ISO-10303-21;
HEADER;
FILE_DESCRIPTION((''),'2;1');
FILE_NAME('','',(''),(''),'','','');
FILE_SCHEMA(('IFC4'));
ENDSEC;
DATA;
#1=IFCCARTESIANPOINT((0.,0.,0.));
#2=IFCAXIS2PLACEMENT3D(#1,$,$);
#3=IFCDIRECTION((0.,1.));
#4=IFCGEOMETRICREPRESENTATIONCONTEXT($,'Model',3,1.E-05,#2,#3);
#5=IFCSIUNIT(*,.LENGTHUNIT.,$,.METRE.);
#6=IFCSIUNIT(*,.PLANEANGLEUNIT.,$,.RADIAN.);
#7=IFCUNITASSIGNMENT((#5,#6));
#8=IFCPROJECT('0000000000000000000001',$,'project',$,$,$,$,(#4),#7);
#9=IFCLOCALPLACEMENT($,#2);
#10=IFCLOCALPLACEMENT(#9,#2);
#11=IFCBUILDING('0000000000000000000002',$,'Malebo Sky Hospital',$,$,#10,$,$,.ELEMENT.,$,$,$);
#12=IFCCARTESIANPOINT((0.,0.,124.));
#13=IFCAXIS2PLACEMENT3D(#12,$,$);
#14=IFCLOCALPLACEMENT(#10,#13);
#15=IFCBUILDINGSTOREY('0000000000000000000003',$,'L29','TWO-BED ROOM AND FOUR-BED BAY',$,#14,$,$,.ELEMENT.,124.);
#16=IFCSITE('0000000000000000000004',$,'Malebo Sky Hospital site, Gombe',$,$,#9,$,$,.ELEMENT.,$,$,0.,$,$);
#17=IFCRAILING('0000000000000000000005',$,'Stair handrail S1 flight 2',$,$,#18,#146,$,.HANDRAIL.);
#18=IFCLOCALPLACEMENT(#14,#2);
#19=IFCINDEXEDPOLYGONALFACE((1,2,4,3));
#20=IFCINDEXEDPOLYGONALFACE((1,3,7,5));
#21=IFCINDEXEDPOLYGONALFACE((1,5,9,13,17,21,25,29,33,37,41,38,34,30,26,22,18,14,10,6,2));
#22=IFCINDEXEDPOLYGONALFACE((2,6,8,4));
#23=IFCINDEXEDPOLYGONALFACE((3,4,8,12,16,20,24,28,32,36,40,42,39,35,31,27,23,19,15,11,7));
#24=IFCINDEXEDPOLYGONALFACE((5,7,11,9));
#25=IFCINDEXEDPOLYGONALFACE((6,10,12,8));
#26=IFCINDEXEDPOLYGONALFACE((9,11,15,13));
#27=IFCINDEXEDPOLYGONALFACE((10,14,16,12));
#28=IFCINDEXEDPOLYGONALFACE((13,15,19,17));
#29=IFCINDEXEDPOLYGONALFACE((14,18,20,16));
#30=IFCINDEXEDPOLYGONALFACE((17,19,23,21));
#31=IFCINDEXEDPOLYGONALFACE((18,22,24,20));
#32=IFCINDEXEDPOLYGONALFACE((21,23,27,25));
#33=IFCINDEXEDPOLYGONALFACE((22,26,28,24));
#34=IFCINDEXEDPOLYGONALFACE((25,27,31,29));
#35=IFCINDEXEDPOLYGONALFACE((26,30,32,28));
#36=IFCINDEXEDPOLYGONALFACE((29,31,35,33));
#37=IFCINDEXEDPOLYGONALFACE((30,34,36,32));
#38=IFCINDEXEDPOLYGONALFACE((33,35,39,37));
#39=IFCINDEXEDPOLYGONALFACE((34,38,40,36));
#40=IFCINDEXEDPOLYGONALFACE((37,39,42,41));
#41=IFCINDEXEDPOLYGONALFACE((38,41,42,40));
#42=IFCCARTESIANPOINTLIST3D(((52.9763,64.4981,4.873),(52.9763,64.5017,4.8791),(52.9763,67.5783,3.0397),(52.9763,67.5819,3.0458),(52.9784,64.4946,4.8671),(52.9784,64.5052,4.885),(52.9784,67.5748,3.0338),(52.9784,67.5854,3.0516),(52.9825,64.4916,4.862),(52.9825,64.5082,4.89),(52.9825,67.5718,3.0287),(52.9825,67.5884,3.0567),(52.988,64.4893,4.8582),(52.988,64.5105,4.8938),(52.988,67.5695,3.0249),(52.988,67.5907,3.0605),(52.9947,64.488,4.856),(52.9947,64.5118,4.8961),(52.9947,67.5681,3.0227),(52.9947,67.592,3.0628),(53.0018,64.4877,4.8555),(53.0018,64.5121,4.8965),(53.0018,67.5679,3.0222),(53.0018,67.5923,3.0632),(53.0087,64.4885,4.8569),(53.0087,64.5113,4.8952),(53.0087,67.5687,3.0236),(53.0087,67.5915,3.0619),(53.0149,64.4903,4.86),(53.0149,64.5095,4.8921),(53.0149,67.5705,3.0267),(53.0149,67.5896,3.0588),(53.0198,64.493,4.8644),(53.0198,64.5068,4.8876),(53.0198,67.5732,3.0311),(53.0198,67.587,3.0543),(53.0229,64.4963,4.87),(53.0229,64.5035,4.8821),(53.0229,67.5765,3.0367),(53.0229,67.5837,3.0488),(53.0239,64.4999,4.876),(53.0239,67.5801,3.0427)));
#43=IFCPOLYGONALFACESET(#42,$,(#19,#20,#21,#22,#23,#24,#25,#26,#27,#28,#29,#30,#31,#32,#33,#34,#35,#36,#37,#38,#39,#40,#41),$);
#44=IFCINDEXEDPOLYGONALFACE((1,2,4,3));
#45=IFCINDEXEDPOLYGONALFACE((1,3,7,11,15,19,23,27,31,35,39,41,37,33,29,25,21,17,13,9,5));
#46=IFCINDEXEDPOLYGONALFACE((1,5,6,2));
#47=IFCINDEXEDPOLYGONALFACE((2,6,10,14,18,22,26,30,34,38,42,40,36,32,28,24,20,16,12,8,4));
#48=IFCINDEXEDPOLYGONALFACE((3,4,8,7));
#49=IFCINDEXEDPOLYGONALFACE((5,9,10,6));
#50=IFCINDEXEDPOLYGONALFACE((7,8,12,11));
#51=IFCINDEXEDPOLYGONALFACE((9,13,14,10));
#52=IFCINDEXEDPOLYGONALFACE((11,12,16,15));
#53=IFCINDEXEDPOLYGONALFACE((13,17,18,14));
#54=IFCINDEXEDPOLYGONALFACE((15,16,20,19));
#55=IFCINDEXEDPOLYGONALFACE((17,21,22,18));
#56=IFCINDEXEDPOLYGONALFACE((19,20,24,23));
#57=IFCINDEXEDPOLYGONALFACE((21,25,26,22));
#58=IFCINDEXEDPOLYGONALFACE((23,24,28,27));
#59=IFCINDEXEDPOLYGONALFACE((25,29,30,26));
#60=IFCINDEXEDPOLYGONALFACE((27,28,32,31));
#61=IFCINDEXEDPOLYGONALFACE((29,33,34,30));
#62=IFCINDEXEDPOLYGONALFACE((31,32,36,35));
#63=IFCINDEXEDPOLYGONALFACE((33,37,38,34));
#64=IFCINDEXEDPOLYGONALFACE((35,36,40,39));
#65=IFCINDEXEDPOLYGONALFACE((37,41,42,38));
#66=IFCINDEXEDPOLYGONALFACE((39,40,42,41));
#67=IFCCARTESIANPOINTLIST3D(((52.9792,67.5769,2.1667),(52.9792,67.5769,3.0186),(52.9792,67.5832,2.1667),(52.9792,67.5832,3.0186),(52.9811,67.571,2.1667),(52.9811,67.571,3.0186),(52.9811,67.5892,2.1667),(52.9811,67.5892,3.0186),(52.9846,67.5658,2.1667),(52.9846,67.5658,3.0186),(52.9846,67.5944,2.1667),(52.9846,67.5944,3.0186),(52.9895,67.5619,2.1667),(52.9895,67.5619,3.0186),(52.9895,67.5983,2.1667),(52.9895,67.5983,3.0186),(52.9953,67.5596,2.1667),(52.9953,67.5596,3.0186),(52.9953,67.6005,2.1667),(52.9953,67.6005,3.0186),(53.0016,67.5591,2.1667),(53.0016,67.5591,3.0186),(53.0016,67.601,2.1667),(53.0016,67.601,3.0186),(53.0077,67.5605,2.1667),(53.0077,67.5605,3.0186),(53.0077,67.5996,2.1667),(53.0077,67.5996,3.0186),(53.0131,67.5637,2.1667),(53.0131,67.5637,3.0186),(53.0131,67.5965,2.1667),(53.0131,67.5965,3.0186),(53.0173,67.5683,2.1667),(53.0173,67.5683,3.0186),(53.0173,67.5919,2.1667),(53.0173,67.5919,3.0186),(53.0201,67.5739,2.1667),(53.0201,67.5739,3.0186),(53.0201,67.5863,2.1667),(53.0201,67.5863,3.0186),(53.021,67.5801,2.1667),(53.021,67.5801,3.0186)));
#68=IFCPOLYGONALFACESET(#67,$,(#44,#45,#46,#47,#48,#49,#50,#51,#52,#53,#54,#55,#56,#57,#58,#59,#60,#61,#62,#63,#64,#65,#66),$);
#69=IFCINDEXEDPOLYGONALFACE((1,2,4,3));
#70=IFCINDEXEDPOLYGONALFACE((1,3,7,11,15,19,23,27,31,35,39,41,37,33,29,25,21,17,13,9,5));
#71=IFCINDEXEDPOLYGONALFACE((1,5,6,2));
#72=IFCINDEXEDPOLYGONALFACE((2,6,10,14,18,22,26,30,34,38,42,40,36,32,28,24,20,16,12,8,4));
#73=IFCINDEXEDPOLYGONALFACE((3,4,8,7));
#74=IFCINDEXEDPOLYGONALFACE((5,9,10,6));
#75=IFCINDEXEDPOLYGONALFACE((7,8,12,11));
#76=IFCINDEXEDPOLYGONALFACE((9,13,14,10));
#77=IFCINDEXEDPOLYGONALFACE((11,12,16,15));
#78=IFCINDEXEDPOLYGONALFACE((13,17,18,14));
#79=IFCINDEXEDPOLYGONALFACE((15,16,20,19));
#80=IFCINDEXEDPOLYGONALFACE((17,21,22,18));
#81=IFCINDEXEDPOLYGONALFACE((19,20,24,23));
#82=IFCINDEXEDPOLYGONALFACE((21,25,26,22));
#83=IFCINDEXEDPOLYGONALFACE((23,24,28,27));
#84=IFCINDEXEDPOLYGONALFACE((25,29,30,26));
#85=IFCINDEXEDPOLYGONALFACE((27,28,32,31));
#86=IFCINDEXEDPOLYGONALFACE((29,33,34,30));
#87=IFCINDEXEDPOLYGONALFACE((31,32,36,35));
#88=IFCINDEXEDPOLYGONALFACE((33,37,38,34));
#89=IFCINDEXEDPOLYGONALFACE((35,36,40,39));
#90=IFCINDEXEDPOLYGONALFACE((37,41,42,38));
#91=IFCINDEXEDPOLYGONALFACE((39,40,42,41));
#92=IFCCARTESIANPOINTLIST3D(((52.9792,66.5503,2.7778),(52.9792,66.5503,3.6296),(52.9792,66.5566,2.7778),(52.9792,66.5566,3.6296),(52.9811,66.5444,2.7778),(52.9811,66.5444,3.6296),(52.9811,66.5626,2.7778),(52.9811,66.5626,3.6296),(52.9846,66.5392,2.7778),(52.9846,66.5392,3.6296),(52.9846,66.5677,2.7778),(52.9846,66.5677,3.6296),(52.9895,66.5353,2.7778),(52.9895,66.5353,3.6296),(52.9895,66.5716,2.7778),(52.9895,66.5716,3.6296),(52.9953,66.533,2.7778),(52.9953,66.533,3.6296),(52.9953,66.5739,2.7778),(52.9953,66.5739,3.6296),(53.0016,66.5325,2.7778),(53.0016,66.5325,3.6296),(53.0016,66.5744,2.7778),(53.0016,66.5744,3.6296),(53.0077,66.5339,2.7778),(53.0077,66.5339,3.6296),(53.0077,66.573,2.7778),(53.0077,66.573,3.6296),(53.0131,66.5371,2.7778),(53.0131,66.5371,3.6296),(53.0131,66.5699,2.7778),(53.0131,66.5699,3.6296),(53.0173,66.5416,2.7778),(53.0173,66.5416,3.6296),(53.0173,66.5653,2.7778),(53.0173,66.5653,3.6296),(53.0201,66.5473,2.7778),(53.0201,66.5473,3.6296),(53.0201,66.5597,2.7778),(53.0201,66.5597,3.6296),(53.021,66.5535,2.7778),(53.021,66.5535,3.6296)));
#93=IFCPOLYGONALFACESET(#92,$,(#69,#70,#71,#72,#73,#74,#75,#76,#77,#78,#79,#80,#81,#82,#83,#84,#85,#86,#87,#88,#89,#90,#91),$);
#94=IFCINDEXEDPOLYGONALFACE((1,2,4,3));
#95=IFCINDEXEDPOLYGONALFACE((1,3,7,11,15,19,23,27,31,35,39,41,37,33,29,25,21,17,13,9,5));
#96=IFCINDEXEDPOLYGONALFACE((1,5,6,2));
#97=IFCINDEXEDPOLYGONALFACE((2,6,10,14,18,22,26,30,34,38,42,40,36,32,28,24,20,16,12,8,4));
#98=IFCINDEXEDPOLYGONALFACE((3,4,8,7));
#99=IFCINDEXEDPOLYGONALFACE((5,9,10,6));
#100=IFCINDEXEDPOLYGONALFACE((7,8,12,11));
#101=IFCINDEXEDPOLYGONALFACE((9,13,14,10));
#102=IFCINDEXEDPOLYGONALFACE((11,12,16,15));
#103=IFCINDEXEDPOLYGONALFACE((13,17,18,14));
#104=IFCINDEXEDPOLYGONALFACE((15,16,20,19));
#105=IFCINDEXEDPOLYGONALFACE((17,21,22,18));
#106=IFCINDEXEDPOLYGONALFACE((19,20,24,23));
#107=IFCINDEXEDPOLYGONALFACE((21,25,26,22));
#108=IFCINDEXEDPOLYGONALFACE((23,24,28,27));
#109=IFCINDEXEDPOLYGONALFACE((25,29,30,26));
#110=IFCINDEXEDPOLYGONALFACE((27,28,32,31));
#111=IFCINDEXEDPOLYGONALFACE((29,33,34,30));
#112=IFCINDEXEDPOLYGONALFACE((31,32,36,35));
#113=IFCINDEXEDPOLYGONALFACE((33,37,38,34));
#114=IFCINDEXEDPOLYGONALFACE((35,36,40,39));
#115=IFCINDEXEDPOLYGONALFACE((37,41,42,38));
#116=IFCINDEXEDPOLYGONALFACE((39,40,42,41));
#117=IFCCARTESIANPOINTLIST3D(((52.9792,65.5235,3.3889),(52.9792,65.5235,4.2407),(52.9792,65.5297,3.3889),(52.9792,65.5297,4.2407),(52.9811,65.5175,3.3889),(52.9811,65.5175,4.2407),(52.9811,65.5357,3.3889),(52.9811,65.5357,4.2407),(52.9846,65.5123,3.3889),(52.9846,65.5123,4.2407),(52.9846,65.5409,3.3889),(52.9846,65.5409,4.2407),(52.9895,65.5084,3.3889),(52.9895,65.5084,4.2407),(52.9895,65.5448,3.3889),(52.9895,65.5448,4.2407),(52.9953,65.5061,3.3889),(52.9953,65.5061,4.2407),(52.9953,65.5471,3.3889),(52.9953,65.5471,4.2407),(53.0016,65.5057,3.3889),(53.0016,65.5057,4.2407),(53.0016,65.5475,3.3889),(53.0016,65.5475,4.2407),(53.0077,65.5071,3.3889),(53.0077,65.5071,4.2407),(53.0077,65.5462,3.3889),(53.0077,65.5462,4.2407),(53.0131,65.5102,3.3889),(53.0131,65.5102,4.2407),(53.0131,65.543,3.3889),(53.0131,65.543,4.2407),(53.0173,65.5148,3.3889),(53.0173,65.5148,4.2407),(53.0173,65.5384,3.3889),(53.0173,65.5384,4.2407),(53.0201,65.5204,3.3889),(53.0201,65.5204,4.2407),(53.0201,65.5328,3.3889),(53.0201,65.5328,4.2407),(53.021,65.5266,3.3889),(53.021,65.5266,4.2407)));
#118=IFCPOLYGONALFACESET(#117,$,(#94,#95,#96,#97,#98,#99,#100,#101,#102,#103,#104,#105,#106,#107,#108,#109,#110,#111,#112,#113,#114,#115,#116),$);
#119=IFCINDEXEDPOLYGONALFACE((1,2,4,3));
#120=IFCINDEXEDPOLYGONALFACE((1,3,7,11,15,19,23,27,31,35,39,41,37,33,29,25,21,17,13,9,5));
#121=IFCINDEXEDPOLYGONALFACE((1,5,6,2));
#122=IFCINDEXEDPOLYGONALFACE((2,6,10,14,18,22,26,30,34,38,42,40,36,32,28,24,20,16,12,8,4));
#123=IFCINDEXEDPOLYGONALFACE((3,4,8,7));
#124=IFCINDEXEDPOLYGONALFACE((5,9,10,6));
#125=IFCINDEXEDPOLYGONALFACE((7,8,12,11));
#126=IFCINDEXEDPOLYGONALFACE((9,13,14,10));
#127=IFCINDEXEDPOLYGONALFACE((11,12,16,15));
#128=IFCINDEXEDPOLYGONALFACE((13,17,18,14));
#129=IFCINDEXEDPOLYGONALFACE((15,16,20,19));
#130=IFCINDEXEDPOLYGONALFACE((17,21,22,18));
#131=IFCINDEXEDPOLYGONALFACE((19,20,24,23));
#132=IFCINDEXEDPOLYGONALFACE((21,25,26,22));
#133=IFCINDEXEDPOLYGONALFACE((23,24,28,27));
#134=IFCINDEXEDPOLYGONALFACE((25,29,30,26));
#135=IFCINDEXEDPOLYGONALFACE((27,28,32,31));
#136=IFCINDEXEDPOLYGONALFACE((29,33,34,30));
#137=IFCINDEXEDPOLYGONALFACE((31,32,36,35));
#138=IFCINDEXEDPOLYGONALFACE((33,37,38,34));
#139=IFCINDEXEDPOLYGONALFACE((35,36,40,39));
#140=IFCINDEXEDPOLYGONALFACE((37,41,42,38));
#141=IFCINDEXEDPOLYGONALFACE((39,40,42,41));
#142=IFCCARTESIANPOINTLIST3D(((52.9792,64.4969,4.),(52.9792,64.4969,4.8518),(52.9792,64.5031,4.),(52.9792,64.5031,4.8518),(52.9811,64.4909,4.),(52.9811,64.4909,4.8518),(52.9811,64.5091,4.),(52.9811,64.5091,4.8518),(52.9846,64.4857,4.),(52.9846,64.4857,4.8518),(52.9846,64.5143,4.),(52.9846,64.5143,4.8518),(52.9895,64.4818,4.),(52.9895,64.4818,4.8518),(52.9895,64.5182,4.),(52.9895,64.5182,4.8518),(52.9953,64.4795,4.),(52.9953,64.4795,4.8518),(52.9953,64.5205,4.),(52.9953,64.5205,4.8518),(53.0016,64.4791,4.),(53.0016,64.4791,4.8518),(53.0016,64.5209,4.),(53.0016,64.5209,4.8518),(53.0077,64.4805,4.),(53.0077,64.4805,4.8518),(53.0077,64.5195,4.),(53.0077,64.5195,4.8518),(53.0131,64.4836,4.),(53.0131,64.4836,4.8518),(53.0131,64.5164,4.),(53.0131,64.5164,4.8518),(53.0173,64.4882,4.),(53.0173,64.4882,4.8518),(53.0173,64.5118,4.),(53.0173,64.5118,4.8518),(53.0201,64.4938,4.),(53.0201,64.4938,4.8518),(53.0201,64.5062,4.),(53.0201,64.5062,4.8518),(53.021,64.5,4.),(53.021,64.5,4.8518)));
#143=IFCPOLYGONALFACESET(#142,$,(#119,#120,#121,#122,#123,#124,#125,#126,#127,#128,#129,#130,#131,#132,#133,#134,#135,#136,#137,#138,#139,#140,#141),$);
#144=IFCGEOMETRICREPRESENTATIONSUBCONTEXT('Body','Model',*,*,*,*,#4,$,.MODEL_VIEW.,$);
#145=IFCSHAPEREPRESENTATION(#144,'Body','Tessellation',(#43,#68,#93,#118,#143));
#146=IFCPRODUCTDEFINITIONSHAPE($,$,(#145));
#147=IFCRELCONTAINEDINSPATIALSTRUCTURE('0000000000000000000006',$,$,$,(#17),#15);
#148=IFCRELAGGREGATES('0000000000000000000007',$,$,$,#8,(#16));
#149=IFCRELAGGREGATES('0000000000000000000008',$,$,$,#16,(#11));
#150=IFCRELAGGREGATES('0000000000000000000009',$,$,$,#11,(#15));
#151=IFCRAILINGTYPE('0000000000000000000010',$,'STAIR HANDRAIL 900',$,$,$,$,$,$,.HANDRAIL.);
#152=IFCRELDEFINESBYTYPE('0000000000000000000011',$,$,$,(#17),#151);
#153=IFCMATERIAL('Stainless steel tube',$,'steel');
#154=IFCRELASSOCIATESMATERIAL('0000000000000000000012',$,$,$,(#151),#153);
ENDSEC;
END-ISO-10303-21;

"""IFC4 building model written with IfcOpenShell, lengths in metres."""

from ifc_helpers import new_model, si_unit, direction, frame, origin, origin_2d, place, context, subcontext, project, spatial, circle, extrude, material, type_object, element, save


model = new_model("IFC4")

# Units and contexts
model_context = context("Model", 3, precision=1e-05, world=origin(), true_north=direction((0.0, 1.0)))
body_context = subcontext(model_context, "Body", "Model", "MODEL_VIEW")
ifc_project = project(units=[si_unit("LENGTHUNIT", "METRE"), si_unit("PLANEANGLEUNIT", "RADIAN")], contexts=[model_context])

# Site, building, storey
site_placement = place(None, origin())
site = spatial("IfcSite", under=ifc_project, at=site_placement, Name="Malebo Sky Hospital site, Gombe", CompositionType="ELEMENT", RefElevation=0.0)
building_placement = place(site_placement, origin())
building = spatial("IfcBuilding", under=site, at=building_placement, Name="Malebo Sky Hospital", CompositionType="ELEMENT")
storey_placement = place(building_placement, frame((0.0, 0.0, 124.0)))
storey = spatial("IfcBuildingStorey", under=building, at=storey_placement, Name="L29", Description="TWO-BED ROOM AND FOUR-BED BAY", CompositionType="ELEMENT", Elevation=124.0)

# Railing
ifc_material_1 = material(Name="Stainless steel tube", Category="steel")
railing_type = type_object("IfcRailingType", Name="STAIR HANDRAIL 900", PredefinedType="HANDRAIL", material=ifc_material_1)
railing_1_placement = place(storey_placement, frame((53.0, 67.5801, 2.1667)))
element("IfcRailing", 1, at=railing_1_placement, inside=storey, type_object=railing_type, Name="Stair handrail S1 flight 2", PredefinedType="HANDRAIL", context=body_context, shape_type="SweptSolid", body=[
    extrude(circle(Radius=0.0239, at=origin_2d()), frame((0.0, 0.0, 0.876), z_axis=(0.0, -0.859309, 0.511458), x_axis=(1.0, 0.0, 0.0)), (0.0, 0.0, 1.0), 3.5845),
    extrude(circle(Radius=0.021, at=origin_2d()), origin(), (0.0, 0.0, 1.0), 0.8518),
    extrude(circle(Radius=0.021, at=origin_2d()), frame((0.0, -1.0266, 0.6111)), (0.0, 0.0, 1.0), 0.8518),
    extrude(circle(Radius=0.021, at=origin_2d()), frame((0.0, -2.0535, 1.2222)), (0.0, 0.0, 1.0), 0.8518),
    extrude(circle(Radius=0.021, at=origin_2d()), frame((0.0, -3.0801, 1.8333)), (0.0, 0.0, 1.0), 0.8518),
])

save(model, "model.ifc")
